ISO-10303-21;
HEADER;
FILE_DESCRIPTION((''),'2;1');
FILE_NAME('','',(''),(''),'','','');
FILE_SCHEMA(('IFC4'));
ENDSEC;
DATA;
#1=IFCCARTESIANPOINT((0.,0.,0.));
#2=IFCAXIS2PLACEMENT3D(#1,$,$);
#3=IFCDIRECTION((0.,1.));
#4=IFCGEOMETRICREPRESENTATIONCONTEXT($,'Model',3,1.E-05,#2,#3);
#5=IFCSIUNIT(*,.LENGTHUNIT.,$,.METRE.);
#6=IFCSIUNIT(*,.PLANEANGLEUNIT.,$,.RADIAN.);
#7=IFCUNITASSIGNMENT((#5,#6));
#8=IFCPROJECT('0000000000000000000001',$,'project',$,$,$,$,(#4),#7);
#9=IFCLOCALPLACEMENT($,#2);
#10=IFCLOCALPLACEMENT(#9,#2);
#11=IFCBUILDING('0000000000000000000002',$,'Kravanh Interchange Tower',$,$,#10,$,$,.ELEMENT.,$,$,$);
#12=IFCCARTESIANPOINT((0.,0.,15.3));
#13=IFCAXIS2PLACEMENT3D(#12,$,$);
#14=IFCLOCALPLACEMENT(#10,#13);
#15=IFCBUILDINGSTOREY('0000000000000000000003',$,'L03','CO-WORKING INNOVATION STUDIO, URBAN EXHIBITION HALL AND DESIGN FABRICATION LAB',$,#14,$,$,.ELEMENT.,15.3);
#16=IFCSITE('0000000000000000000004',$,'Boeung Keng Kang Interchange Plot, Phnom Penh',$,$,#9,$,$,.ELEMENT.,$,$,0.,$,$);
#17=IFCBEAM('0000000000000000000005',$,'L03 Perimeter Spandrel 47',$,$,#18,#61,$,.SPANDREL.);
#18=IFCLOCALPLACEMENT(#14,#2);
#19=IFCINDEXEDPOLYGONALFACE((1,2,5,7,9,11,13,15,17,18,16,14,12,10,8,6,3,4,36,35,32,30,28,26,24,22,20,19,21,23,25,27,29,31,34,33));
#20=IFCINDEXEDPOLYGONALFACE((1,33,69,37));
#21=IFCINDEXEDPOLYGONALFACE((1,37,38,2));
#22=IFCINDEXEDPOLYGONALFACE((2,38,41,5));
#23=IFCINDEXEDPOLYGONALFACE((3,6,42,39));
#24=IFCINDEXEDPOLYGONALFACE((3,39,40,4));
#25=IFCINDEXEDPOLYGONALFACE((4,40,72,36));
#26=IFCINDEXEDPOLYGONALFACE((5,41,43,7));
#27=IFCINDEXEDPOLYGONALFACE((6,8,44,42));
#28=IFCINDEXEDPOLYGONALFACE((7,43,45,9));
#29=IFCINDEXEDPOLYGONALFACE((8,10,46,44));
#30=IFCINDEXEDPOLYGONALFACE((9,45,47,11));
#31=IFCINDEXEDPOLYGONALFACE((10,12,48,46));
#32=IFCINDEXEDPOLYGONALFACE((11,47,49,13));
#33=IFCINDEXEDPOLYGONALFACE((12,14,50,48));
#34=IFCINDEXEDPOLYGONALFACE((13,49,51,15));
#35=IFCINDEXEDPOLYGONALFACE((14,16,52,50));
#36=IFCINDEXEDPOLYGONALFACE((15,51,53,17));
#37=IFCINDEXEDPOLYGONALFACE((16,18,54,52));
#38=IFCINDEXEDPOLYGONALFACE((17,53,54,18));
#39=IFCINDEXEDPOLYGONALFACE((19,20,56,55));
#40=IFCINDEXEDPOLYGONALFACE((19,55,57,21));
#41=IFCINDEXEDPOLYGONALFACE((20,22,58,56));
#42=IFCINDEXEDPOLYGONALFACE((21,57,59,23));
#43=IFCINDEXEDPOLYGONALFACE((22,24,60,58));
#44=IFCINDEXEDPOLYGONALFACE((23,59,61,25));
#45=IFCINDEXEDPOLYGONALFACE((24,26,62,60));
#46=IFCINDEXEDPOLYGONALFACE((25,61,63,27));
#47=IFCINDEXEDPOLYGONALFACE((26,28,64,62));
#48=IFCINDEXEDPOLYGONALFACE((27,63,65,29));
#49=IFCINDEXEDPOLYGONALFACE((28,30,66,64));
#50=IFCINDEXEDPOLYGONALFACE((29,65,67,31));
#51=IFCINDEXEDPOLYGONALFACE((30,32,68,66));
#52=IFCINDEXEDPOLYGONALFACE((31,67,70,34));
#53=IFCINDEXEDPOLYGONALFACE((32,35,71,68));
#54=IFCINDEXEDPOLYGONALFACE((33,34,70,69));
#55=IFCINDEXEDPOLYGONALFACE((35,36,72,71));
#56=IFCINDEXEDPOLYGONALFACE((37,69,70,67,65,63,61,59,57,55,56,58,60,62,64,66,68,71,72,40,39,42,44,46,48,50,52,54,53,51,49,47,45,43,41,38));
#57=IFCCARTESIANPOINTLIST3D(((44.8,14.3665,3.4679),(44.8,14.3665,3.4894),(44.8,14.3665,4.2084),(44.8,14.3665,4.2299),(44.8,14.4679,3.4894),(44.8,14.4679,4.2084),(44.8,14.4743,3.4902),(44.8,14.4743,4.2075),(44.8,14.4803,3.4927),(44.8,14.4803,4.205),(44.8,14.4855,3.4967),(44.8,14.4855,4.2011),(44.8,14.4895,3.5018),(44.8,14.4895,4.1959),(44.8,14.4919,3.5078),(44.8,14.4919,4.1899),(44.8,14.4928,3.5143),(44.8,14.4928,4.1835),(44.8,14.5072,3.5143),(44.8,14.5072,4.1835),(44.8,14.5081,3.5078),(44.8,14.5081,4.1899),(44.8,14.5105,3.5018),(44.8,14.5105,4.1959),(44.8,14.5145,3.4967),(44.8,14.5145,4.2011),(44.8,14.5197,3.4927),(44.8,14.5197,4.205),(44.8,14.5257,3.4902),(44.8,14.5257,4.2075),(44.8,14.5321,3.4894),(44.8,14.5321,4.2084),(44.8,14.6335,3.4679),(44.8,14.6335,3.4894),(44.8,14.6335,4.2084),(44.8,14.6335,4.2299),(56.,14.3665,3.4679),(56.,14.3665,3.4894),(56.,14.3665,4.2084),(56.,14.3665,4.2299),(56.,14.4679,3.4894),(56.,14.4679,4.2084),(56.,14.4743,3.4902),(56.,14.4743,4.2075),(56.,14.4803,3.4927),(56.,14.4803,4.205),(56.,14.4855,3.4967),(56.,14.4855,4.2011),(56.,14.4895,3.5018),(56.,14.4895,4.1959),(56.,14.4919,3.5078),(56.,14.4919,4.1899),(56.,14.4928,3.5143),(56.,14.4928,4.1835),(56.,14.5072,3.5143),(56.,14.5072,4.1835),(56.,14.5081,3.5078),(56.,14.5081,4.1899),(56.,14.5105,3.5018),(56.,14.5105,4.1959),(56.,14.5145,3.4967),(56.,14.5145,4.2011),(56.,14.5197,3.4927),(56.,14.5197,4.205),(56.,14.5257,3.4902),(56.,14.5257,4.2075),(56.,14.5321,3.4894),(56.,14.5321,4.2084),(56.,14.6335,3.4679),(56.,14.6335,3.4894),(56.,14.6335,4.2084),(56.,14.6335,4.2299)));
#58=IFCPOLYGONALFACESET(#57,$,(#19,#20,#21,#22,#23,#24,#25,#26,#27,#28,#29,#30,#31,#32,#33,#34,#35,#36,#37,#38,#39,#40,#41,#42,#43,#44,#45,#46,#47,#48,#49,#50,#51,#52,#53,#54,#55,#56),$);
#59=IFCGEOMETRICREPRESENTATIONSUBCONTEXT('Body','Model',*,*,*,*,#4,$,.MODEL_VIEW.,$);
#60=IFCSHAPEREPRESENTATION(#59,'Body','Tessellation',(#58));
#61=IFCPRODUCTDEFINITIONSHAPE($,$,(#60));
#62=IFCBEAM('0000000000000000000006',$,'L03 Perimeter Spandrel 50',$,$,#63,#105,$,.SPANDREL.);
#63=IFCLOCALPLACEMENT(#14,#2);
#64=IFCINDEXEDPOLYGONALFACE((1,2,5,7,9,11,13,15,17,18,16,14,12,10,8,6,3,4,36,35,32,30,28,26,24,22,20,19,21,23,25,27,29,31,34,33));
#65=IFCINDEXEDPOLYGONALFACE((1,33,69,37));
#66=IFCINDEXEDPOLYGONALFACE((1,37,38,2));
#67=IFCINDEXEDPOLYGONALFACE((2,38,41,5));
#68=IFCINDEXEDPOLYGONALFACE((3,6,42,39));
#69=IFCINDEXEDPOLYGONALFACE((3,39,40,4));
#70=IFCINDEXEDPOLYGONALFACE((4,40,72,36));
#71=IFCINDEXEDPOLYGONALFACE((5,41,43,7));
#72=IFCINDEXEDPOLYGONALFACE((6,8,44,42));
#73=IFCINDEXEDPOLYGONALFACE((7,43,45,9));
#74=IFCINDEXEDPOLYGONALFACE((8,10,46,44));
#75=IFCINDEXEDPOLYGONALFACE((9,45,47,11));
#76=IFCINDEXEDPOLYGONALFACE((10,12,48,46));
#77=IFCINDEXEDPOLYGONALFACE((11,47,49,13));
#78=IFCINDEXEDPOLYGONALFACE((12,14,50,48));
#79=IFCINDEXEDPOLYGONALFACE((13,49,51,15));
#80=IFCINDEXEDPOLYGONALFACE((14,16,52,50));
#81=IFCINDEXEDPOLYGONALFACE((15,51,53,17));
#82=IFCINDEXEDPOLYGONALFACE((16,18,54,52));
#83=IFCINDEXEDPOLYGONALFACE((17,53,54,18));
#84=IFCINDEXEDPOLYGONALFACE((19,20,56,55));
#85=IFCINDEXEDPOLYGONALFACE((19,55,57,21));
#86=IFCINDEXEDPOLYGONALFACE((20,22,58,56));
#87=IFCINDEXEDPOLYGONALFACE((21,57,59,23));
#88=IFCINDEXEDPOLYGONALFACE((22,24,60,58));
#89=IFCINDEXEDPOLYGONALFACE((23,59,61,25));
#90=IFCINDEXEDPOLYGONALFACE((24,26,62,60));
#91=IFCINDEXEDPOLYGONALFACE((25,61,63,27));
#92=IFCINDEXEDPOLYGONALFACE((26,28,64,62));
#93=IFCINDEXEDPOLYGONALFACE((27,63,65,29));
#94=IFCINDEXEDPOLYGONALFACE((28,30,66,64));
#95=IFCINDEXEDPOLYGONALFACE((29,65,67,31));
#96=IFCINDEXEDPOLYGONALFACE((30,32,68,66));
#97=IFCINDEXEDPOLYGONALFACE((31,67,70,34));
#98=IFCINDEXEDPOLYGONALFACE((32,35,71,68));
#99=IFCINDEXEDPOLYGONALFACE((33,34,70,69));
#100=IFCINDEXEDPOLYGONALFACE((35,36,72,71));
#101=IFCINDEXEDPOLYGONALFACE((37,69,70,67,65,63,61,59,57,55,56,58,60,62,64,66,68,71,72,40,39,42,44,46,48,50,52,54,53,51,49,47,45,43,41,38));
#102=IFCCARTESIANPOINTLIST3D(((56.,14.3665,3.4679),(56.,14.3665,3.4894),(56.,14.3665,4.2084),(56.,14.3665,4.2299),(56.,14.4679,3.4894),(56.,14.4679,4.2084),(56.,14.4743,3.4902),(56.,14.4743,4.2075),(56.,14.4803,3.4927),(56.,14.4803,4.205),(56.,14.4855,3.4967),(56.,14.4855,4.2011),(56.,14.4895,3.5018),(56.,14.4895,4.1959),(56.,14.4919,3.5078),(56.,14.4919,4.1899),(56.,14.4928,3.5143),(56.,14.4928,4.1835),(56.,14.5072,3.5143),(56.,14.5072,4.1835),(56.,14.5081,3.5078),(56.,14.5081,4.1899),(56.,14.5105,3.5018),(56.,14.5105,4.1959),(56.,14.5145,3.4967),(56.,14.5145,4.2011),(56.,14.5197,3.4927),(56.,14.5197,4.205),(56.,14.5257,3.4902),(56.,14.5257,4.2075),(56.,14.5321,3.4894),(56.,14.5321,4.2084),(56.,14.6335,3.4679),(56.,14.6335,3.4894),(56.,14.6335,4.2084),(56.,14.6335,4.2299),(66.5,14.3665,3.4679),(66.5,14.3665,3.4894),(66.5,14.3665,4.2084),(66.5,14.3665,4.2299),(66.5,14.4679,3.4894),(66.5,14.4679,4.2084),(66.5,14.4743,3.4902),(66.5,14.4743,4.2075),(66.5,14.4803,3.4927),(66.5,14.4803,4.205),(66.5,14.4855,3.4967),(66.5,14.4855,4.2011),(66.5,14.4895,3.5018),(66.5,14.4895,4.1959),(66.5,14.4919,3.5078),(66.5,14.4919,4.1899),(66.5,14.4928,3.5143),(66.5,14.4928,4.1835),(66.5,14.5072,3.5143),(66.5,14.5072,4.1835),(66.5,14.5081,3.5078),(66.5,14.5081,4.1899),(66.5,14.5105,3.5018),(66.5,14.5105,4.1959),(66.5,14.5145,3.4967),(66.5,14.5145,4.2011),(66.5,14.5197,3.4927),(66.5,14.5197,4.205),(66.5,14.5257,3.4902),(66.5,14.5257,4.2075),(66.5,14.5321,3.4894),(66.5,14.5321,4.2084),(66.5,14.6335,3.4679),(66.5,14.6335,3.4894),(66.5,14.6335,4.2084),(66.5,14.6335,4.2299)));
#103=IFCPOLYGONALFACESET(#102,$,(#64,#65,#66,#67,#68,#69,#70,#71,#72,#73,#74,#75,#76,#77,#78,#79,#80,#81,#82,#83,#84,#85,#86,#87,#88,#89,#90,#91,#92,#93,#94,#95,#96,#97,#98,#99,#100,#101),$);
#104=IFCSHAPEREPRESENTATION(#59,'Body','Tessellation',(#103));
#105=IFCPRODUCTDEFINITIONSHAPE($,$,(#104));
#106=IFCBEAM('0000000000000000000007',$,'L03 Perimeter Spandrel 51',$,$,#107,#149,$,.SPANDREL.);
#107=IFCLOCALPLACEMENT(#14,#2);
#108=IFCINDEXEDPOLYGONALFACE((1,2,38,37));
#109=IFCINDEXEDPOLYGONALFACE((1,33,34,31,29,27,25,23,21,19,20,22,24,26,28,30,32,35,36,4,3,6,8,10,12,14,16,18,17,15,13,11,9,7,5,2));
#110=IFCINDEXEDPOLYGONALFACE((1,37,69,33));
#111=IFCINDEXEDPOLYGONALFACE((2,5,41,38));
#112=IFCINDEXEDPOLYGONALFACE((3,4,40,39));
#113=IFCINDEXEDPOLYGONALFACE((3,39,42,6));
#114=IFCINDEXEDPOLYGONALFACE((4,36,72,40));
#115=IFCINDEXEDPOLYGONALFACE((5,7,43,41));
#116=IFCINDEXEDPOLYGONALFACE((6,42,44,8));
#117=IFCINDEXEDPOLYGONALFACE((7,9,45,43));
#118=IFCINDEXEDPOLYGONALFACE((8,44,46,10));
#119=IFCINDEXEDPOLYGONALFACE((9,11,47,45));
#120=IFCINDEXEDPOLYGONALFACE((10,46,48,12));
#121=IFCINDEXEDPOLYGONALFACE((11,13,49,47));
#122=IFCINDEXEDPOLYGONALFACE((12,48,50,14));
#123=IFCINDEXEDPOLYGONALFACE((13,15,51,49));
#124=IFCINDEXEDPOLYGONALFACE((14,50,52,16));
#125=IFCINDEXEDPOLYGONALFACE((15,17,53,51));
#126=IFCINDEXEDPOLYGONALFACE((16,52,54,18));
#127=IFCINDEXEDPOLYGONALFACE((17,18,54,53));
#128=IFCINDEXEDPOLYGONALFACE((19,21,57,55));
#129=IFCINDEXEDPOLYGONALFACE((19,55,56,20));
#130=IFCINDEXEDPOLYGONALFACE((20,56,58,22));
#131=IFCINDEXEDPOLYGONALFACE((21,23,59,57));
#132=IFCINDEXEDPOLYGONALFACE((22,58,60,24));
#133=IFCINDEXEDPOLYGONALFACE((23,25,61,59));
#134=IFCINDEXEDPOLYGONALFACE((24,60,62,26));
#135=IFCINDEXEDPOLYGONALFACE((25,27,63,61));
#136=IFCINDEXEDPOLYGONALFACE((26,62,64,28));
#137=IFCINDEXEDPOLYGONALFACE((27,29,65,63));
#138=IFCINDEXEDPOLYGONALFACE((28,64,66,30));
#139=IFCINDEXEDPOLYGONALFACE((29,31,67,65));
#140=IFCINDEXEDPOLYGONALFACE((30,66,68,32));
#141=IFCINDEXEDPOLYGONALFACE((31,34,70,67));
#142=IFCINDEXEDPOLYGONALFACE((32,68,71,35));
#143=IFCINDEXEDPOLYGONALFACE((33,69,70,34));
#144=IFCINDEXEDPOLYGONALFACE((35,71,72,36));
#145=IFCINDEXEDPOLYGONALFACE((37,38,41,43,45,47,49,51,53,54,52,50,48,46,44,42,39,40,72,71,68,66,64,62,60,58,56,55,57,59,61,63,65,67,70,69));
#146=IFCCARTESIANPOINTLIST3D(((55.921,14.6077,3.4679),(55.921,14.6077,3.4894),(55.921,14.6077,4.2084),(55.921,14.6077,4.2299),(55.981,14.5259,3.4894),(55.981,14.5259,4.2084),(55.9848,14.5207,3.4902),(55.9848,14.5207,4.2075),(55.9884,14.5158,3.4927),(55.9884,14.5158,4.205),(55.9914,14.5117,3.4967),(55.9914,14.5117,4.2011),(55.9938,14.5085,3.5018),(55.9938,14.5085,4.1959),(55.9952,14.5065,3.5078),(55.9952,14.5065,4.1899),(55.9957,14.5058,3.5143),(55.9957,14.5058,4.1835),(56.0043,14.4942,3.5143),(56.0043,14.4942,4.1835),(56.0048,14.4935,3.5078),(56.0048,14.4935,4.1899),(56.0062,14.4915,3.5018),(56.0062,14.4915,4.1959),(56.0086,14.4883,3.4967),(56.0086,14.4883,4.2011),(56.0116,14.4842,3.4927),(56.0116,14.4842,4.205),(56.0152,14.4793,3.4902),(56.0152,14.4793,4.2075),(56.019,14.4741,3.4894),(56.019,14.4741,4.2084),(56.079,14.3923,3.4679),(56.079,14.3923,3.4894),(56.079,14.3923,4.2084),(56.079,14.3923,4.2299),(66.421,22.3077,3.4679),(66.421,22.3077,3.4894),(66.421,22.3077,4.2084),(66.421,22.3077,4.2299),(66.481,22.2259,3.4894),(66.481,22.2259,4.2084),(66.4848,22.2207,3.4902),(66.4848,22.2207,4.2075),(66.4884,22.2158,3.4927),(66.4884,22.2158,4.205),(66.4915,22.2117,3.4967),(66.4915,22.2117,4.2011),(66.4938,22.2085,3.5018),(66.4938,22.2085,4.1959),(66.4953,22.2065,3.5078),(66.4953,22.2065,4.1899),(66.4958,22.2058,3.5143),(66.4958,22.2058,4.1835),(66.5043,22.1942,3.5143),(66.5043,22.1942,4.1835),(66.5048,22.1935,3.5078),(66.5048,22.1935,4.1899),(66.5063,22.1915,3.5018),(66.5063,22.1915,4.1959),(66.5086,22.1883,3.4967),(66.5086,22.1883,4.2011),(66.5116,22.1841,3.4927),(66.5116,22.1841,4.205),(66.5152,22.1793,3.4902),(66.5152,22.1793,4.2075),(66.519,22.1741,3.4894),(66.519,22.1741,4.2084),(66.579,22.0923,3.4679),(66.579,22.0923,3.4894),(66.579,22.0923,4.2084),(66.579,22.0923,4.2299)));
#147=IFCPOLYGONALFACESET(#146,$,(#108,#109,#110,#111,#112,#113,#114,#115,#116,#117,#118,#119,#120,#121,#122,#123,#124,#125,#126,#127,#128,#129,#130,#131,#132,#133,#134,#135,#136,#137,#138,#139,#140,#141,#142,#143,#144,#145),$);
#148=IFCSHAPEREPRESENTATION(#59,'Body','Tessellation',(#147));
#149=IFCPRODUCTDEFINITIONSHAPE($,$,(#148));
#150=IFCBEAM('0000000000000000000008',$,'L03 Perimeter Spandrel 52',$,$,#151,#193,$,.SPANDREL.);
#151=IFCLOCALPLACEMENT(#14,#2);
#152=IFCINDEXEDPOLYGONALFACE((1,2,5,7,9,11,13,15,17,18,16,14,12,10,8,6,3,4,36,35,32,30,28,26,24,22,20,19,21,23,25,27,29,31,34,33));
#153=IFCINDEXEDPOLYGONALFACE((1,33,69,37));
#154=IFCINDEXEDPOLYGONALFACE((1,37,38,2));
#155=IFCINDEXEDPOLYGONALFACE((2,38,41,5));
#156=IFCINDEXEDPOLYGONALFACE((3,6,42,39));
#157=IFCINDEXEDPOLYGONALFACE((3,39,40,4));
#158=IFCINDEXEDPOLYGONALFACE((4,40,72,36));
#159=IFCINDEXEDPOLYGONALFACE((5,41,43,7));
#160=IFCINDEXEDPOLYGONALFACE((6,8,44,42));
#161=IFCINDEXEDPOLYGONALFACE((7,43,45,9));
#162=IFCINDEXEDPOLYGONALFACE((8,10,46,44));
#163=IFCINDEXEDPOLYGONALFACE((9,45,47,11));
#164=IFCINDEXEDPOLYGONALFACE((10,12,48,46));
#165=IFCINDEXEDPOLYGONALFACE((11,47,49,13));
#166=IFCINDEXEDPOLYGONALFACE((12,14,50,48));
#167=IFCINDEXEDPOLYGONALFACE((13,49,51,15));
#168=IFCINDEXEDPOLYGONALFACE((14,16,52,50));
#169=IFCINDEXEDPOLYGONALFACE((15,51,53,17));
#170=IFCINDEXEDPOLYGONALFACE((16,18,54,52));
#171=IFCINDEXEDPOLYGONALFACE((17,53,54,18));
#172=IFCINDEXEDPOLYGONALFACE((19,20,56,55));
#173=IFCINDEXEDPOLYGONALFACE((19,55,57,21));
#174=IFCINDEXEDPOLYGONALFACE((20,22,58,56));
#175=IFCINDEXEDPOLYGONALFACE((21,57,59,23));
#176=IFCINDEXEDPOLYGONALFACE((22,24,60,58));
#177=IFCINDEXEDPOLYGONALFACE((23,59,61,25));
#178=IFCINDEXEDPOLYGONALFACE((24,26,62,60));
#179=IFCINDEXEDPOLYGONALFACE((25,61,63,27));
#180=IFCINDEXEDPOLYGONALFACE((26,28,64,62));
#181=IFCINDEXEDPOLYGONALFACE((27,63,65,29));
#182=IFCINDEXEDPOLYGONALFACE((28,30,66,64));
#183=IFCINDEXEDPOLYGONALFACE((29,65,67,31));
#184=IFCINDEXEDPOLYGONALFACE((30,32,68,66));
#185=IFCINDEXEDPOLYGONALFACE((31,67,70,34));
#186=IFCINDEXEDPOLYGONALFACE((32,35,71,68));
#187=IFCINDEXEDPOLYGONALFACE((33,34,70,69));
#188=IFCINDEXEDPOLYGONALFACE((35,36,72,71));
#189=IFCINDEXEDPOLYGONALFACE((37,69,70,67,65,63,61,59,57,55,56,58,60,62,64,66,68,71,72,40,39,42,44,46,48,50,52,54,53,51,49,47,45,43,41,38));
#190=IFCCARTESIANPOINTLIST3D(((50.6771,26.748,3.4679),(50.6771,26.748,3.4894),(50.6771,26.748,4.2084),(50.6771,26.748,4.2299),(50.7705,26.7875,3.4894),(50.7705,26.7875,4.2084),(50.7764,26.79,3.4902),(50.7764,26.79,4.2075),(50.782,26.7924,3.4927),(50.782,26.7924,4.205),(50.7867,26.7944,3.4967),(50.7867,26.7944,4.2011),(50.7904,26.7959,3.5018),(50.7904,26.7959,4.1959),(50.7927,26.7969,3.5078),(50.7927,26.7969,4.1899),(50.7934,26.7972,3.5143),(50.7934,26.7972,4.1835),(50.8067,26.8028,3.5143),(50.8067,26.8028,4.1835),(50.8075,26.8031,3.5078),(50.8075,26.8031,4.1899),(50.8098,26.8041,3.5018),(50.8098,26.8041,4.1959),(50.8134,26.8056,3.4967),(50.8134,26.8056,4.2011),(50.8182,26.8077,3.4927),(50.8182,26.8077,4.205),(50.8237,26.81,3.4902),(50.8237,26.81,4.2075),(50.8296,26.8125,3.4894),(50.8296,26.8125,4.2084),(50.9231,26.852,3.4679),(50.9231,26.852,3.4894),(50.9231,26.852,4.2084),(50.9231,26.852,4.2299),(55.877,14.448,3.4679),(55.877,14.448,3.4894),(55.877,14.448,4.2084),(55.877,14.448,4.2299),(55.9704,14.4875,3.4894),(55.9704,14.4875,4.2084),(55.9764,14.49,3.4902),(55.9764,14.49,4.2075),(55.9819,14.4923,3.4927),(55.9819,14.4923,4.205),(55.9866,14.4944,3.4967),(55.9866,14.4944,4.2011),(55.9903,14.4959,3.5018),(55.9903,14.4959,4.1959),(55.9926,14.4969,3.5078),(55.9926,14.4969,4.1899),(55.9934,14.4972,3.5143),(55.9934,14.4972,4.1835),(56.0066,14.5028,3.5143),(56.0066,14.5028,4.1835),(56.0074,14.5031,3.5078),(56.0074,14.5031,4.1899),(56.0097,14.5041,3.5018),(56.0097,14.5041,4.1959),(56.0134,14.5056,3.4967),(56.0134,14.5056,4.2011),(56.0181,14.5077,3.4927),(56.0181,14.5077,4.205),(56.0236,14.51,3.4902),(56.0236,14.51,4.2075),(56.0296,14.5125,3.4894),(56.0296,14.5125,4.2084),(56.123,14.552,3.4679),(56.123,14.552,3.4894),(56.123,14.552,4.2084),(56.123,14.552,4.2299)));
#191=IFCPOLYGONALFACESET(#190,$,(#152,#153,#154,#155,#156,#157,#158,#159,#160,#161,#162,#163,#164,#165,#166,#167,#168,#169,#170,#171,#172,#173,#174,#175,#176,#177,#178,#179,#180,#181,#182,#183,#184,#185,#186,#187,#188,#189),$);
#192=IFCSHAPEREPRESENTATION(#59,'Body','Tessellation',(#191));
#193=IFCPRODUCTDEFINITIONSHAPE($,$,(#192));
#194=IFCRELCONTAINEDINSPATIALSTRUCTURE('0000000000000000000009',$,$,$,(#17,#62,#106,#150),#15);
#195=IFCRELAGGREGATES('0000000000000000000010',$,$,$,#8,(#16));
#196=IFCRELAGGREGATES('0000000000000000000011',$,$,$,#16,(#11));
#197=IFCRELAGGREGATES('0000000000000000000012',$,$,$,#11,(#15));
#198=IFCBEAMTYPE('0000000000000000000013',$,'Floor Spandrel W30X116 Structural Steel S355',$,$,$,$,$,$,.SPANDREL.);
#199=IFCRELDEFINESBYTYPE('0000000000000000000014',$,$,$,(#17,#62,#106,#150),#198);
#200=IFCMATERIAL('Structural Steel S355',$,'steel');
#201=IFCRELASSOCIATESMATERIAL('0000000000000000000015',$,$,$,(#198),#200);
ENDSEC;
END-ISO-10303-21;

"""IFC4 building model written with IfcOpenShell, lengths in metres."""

from ifc_helpers import new_model, si_unit, direction, frame, origin, origin_2d, place, context, subcontext, project, spatial, i_section, extrude, material, material_profile, profile_set, type_object, element, save


model = new_model("IFC4")

# Units and contexts
model_context = context("Model", 3, precision=1e-05, world=origin(), true_north=direction((0.0, 1.0)))
body_context = subcontext(model_context, "Body", "Model", "MODEL_VIEW")
ifc_project = project(units=[si_unit("LENGTHUNIT", "METRE"), si_unit("PLANEANGLEUNIT", "RADIAN")], contexts=[model_context])

# Site, building, storey
site_placement = place(None, origin())
site = spatial("IfcSite", under=ifc_project, at=site_placement, Name="Boeung Keng Kang Interchange Plot, Phnom Penh", CompositionType="ELEMENT", RefElevation=0.0)
building_placement = place(site_placement, origin())
building = spatial("IfcBuilding", under=site, at=building_placement, Name="Kravanh Interchange Tower", CompositionType="ELEMENT")
storey_placement = place(building_placement, frame((0.0, 0.0, 15.3)))
storey = spatial("IfcBuildingStorey", under=building, at=storey_placement, Name="L03", Description="CO-WORKING INNOVATION STUDIO, URBAN EXHIBITION HALL AND DESIGN FABRICATION LAB", CompositionType="ELEMENT", Elevation=15.3)

# Beams
ifc_material_1 = material(Name="Structural Steel S355", Category="steel")
ifc_material_profile_1 = material_profile(ifc_material_1, i_section(OverallWidth=0.2671, OverallDepth=0.762, WebThickness=0.0144, FlangeThickness=0.0215, FilletRadius=0.0249, at=origin_2d()), Name="W30X116")
ifc_profile_set_1 = profile_set([ifc_material_profile_1], Name="Structural Steel S355")
beam_type_1 = type_object("IfcBeamType", Name="Floor Spandrel W30X116 Structural Steel S355", PredefinedType="SPANDREL", material=ifc_profile_set_1)
beam_1_placement = place(storey_placement, frame((44.8, 14.5, 3.8489), z_axis=(1.0, 0.0, 0.0), x_axis=(0.0, 1.0, 0.0)))
element("IfcBeam", 1, at=beam_1_placement, inside=storey, type_object=beam_type_1, Name="L03 Perimeter Spandrel 47", PredefinedType="SPANDREL", context=body_context, shape_type="SweptSolid", body=[
    extrude(i_section(OverallWidth=0.2671, OverallDepth=0.762, WebThickness=0.0144, FlangeThickness=0.0215, FilletRadius=0.0249, at=origin_2d()), origin(), (0.0, 0.0, 1.0), 11.2),
])
beam_2_placement = place(storey_placement, frame((56.0, 14.5, 3.8489), z_axis=(1.0, 0.0, 0.0), x_axis=(0.0, 1.0, 0.0)))
element("IfcBeam", 2, at=beam_2_placement, inside=storey, type_object=beam_type_1, Name="L03 Perimeter Spandrel 50", PredefinedType="SPANDREL", context=body_context, shape_type="SweptSolid", body=[
    extrude(i_section(OverallWidth=0.2671, OverallDepth=0.762, WebThickness=0.0144, FlangeThickness=0.0215, FilletRadius=0.0249, at=origin_2d()), origin(), (0.0, 0.0, 1.0), 10.5),
])
beam_3_placement = place(storey_placement, frame((56.0, 14.5, 3.8489), z_axis=(0.806407, 0.591361, 0.0), x_axis=(-0.591361, 0.806407, 0.0)))
element("IfcBeam", 3, at=beam_3_placement, inside=storey, type_object=beam_type_1, Name="L03 Perimeter Spandrel 51", PredefinedType="SPANDREL", context=body_context, shape_type="SweptSolid", body=[
    extrude(i_section(OverallWidth=0.2671, OverallDepth=0.762, WebThickness=0.0144, FlangeThickness=0.0215, FilletRadius=0.0249, at=origin_2d()), origin(), (0.0, 0.0, 1.0), 13.0208),
])
beam_4_placement = place(storey_placement, frame((56.0, 14.5, 3.8489), z_axis=(-0.389391, 0.921072, 0.0), x_axis=(-0.921072, -0.389391, 0.0)))
element("IfcBeam", 4, at=beam_4_placement, inside=storey, type_object=beam_type_1, Name="L03 Perimeter Spandrel 52", PredefinedType="SPANDREL", context=body_context, shape_type="SweptSolid", body=[
    extrude(i_section(OverallWidth=0.2671, OverallDepth=0.762, WebThickness=0.0144, FlangeThickness=0.0215, FilletRadius=0.0249, at=origin_2d()), origin(), (0.0, 0.0, 1.0), 13.354),
])

save(model, "model.ifc")
